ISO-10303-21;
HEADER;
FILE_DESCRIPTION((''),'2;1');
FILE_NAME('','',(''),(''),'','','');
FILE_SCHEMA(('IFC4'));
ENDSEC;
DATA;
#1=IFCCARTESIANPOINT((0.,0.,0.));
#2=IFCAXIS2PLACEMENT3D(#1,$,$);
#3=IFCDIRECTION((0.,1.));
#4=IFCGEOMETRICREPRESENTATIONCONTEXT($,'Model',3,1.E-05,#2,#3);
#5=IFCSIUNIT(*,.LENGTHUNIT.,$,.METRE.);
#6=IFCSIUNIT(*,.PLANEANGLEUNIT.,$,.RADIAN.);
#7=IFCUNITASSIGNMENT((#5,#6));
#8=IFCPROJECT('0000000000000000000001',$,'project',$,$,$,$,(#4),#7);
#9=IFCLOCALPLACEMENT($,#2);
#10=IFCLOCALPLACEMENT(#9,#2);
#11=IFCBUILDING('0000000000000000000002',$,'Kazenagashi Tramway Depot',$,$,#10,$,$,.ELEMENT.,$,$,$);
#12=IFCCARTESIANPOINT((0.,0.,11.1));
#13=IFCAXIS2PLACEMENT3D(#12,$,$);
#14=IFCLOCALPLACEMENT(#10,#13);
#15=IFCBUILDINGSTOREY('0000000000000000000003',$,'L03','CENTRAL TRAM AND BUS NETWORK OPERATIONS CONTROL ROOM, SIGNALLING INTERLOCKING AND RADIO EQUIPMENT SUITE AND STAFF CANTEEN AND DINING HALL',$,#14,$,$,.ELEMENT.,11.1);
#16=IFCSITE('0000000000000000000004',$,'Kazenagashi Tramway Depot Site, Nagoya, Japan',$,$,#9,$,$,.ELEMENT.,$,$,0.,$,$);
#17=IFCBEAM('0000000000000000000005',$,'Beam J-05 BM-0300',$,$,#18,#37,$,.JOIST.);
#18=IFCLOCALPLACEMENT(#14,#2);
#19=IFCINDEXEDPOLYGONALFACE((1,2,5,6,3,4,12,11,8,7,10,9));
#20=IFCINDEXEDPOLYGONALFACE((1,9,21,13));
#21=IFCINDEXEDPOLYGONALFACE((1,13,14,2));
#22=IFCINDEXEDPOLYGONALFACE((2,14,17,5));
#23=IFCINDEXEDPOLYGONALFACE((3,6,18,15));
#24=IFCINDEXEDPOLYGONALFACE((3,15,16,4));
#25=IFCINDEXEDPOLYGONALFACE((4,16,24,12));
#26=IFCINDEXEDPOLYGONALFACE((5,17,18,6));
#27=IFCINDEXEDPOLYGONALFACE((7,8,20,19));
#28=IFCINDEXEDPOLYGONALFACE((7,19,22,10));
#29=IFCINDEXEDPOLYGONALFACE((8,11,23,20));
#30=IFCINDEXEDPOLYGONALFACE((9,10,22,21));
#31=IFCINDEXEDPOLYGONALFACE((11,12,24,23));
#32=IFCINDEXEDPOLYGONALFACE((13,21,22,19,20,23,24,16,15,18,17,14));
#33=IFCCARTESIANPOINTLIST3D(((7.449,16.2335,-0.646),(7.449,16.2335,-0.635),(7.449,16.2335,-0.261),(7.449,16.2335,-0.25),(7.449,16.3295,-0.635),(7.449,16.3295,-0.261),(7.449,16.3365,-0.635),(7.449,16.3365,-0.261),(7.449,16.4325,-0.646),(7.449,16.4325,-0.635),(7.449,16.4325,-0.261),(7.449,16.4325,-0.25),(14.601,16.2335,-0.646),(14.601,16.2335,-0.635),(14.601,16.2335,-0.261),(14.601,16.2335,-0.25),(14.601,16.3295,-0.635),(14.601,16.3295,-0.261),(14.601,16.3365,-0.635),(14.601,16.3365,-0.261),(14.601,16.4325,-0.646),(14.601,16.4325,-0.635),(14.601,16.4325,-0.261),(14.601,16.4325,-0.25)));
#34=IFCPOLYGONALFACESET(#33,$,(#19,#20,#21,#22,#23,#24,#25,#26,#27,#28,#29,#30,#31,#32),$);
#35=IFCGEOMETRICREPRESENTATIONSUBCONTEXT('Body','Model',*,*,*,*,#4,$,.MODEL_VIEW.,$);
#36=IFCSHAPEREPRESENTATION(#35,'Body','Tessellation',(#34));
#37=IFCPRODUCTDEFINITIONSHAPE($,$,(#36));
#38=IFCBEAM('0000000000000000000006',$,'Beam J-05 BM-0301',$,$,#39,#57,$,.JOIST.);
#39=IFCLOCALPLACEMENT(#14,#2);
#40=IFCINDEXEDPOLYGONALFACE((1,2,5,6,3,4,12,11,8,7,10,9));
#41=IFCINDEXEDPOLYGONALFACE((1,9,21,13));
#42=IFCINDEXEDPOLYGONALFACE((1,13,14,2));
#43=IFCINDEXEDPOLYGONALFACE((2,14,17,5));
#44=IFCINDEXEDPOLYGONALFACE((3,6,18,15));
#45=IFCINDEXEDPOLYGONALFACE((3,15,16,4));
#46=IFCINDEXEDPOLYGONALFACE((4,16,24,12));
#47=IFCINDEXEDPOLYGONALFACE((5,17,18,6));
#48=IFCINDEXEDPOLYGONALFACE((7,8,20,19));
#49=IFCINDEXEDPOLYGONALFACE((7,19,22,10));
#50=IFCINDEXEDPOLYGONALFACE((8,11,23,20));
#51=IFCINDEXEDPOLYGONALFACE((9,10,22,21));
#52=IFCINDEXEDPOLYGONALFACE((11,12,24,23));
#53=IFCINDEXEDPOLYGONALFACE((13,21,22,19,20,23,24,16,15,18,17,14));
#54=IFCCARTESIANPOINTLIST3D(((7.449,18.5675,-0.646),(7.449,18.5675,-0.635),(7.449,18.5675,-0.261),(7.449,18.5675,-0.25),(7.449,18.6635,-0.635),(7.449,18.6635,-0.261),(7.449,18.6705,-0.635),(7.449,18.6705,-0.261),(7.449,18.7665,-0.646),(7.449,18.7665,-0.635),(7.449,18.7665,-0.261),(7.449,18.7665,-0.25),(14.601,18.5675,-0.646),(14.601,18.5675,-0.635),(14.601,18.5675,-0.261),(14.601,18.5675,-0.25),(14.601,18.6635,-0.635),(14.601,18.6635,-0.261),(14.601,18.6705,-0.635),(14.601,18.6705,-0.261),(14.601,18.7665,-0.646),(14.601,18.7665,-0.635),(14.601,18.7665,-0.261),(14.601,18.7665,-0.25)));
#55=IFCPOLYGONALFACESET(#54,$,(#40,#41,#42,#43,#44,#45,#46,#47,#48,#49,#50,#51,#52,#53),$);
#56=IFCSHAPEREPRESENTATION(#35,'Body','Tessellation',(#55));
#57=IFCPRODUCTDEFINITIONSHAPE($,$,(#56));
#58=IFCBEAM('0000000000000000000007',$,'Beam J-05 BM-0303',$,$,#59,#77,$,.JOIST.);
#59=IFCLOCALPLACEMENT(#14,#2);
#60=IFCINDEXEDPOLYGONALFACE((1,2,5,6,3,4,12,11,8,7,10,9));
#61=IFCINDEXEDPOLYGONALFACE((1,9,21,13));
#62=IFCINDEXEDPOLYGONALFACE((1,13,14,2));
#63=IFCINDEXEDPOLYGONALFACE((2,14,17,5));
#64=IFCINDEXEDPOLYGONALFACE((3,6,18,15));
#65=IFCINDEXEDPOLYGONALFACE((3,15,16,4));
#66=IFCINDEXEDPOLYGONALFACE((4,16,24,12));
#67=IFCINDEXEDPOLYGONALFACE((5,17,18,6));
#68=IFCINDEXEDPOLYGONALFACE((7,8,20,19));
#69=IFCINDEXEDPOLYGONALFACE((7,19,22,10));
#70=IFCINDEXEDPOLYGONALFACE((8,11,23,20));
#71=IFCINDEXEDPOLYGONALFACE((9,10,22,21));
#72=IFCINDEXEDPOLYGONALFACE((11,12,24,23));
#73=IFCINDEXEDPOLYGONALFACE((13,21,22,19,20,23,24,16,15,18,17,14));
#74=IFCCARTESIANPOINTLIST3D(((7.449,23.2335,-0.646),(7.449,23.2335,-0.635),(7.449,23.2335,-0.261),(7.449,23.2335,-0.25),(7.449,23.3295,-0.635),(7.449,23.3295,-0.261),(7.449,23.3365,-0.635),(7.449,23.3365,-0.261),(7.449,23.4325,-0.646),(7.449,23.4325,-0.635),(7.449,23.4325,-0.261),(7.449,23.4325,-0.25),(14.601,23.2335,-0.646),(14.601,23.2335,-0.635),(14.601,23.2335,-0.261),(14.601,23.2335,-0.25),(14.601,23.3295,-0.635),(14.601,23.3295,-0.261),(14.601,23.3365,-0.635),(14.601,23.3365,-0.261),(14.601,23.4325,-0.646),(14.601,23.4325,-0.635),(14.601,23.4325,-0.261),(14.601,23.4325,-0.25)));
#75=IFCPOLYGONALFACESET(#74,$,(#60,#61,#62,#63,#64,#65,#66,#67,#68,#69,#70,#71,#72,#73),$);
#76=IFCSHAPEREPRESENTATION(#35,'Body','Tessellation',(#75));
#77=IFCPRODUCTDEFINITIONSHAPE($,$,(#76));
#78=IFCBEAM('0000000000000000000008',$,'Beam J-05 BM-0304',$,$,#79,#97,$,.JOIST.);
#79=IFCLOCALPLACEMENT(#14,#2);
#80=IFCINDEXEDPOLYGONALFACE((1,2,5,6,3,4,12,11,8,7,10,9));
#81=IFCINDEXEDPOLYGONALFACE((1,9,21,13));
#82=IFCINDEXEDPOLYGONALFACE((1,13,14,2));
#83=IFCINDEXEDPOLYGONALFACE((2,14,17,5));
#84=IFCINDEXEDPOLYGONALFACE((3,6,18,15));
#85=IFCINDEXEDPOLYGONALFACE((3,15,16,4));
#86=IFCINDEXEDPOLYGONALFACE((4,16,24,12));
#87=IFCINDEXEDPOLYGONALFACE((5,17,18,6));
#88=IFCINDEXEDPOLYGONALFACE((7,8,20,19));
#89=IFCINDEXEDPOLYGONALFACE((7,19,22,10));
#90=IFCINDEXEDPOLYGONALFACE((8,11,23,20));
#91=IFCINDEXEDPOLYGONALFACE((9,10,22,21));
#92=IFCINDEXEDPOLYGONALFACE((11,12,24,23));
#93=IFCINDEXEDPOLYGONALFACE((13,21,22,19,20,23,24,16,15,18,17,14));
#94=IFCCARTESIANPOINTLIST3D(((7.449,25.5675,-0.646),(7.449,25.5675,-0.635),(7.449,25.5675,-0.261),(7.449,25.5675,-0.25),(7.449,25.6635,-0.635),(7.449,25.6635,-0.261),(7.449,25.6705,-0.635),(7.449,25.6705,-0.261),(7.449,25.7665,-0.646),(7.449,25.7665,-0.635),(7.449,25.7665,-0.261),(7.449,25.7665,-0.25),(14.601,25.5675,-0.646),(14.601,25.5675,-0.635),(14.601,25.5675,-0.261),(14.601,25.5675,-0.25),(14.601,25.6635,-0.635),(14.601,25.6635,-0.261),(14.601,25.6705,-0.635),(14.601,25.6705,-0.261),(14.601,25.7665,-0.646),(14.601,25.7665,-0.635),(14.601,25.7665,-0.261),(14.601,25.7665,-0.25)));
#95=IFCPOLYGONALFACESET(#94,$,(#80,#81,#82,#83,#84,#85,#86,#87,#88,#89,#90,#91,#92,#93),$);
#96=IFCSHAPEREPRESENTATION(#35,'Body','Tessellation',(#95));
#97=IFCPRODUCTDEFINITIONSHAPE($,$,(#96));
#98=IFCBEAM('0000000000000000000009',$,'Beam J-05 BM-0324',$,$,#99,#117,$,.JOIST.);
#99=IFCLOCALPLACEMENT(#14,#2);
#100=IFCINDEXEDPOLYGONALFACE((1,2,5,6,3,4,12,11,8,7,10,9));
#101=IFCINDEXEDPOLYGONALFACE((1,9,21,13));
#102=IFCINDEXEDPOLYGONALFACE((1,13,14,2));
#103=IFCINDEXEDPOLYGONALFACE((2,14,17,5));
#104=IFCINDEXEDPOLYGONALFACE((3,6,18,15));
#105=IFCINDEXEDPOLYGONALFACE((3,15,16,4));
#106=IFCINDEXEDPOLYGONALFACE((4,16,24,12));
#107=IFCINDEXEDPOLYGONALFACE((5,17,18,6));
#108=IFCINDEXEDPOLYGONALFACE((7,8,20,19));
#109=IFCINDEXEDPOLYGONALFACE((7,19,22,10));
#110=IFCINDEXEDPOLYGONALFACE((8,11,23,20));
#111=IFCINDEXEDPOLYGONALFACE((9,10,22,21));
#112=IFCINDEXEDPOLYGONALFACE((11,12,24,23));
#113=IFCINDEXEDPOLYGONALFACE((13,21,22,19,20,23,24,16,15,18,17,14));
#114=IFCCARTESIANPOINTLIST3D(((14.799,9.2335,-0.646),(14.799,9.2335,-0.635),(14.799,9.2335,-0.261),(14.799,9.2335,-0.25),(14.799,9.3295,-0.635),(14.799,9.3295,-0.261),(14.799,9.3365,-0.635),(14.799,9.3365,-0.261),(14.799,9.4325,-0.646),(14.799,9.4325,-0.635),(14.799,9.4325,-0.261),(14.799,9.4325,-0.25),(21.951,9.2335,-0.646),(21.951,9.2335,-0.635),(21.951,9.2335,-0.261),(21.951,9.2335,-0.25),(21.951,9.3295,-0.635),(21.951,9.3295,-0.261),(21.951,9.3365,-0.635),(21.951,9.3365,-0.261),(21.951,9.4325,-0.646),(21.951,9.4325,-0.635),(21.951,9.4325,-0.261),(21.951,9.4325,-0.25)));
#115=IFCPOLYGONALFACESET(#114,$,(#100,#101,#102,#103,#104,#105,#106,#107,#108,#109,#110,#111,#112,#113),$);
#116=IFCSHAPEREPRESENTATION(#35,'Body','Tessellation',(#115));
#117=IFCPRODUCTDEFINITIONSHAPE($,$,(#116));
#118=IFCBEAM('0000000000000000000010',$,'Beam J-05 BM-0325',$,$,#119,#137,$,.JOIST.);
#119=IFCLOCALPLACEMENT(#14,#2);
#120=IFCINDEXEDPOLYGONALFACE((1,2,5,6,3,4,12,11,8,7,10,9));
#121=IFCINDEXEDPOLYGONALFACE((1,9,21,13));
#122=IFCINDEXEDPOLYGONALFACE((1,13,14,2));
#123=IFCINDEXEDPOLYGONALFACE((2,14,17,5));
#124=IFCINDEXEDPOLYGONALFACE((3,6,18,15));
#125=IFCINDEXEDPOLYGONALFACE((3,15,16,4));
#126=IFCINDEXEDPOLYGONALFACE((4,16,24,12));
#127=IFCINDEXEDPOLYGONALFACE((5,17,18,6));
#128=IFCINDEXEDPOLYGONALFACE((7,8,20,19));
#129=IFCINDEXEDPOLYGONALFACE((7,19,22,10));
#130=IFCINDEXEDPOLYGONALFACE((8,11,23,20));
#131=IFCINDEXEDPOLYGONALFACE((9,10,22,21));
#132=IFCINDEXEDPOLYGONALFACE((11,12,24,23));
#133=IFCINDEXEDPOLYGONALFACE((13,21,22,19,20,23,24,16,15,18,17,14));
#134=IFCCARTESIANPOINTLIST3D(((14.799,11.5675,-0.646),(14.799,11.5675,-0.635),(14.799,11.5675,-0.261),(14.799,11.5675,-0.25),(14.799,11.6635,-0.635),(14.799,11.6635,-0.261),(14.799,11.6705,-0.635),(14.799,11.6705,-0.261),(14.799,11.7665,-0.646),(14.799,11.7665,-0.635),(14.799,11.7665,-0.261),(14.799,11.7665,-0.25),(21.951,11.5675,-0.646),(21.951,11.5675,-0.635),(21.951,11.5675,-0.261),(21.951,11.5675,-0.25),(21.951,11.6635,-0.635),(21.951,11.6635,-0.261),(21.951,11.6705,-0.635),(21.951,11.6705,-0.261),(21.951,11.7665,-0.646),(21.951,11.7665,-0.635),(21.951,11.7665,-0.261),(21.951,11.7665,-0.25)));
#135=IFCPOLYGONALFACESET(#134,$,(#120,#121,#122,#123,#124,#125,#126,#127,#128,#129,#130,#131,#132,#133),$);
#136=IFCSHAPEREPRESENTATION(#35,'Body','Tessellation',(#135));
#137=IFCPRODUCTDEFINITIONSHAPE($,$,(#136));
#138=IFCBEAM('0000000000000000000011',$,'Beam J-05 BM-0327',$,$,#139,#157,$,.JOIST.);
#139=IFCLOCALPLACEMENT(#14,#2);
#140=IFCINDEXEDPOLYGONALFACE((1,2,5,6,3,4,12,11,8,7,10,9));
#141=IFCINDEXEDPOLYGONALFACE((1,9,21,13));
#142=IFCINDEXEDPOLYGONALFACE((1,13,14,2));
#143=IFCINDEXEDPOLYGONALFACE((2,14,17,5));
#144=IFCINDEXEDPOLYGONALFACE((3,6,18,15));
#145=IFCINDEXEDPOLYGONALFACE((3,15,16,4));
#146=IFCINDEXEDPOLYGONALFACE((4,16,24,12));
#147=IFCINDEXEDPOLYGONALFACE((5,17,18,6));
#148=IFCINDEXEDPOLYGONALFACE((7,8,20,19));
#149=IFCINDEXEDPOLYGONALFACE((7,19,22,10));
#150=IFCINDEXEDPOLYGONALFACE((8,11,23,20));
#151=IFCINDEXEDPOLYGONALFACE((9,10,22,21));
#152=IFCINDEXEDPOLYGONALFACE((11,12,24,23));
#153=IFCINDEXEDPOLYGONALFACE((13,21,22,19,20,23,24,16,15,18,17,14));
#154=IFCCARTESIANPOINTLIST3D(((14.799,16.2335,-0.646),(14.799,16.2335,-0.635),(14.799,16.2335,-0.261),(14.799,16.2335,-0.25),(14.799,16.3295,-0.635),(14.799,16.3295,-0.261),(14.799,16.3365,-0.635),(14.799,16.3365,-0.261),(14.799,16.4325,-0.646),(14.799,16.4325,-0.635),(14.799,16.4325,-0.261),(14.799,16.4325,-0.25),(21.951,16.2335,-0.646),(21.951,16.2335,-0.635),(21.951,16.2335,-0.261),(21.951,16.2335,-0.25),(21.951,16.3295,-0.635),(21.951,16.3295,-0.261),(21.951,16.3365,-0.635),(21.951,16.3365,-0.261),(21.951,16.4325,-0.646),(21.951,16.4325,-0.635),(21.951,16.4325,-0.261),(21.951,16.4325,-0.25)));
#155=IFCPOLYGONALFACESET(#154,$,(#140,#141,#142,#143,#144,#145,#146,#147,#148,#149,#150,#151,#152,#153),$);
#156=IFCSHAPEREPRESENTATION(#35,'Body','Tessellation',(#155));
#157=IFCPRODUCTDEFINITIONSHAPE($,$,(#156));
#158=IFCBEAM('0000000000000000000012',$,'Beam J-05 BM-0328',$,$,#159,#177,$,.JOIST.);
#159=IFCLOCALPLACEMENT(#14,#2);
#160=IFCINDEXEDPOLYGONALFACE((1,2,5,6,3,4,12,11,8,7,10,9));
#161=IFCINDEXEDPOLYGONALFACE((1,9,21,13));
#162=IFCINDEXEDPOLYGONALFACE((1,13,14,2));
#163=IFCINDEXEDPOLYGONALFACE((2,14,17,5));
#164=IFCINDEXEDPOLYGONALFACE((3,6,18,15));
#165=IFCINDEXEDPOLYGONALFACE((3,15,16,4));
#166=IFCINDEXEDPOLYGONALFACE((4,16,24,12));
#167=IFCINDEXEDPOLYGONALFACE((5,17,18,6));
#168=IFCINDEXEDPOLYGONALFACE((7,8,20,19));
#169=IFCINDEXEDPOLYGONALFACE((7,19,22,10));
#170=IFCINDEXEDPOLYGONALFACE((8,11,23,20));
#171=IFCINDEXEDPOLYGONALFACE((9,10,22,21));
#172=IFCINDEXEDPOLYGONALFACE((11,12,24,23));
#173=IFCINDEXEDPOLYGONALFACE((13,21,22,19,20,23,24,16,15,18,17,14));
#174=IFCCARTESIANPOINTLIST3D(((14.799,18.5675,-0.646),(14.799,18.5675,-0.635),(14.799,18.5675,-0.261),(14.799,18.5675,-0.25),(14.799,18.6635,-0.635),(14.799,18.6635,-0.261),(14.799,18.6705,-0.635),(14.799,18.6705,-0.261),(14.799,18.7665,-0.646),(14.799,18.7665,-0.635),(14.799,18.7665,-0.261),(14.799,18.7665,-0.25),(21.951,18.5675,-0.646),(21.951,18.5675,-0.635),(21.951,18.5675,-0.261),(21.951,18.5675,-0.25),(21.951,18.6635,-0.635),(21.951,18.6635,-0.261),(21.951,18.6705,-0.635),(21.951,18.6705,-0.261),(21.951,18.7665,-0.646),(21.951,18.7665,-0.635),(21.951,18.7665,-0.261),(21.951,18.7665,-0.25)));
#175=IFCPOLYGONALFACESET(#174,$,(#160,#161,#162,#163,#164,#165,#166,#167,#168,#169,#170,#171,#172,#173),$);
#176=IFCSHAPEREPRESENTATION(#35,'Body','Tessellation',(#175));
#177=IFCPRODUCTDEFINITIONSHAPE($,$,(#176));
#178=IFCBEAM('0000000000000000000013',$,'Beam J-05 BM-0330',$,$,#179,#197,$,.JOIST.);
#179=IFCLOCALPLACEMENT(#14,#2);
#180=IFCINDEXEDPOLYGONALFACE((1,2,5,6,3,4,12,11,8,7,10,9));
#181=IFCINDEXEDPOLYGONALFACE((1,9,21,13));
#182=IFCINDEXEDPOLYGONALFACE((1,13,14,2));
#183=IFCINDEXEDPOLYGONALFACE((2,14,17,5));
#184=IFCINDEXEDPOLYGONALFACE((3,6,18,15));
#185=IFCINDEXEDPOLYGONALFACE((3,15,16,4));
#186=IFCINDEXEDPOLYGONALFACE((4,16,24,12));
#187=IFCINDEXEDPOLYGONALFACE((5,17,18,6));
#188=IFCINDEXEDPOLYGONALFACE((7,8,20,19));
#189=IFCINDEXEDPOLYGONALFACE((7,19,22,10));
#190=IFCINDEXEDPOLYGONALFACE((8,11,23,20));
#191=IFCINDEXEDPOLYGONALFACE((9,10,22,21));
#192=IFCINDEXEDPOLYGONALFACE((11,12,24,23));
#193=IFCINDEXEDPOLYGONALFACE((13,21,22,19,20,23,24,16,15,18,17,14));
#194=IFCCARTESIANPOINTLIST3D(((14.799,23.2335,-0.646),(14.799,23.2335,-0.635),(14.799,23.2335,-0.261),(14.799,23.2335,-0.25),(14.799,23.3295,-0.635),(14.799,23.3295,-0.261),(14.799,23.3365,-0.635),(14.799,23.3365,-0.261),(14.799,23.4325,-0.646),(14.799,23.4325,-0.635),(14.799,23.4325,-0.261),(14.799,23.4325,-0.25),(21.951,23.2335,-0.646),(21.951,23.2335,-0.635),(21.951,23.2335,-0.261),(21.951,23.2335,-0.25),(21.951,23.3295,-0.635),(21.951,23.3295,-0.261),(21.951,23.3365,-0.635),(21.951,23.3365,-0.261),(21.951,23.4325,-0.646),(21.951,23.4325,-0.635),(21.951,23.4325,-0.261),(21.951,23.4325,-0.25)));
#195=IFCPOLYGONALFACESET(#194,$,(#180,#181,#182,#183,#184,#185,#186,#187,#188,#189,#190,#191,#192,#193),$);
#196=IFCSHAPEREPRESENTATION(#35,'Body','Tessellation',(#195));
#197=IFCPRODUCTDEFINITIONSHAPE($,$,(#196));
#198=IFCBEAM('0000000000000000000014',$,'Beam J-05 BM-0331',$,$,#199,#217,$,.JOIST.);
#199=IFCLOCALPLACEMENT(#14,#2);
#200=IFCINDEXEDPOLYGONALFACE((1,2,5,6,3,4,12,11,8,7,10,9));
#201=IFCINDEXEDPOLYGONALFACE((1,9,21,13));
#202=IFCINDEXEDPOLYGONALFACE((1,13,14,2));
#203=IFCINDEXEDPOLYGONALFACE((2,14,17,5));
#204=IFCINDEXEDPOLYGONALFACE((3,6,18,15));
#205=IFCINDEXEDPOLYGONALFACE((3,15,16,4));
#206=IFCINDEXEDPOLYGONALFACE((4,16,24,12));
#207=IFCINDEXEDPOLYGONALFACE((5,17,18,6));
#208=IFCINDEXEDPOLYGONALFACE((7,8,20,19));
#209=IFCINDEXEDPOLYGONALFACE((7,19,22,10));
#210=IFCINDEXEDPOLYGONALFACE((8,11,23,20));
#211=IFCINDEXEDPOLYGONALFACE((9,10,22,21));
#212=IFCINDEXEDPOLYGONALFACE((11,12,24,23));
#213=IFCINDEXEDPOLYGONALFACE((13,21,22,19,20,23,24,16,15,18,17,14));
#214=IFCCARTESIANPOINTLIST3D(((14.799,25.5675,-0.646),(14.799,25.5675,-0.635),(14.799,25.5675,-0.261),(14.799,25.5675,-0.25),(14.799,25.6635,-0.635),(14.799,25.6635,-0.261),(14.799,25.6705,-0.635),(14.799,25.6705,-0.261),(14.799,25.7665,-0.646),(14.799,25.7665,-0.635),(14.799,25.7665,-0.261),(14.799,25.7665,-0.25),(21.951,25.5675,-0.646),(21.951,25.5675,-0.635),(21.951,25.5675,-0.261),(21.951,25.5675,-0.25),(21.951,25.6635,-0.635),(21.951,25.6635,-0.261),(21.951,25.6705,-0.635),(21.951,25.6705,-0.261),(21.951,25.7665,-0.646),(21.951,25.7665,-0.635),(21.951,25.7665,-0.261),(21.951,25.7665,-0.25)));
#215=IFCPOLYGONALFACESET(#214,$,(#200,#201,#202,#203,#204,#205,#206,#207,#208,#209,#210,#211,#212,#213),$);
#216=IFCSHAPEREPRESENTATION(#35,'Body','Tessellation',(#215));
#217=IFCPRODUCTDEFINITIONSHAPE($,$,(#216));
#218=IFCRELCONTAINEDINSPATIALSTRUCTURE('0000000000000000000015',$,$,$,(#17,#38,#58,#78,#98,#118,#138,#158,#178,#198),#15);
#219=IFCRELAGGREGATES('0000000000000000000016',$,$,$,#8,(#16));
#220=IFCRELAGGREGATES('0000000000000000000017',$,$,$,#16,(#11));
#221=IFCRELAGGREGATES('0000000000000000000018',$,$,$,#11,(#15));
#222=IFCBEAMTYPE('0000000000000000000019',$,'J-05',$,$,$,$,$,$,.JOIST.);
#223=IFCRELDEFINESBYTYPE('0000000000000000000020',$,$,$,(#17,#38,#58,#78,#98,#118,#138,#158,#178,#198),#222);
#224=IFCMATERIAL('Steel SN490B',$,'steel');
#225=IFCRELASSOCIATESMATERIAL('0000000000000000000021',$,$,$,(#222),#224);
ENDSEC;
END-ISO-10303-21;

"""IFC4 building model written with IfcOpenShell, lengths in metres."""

from ifc_helpers import new_model, si_unit, direction, frame, origin, origin_2d, place, context, subcontext, project, spatial, i_section, extrude, material, material_profile, profile_set, type_object, element, save


model = new_model("IFC4")

# Units and contexts
model_context = context("Model", 3, precision=1e-05, world=origin(), true_north=direction((0.0, 1.0)))
body_context = subcontext(model_context, "Body", "Model", "MODEL_VIEW")
ifc_project = project(units=[si_unit("LENGTHUNIT", "METRE"), si_unit("PLANEANGLEUNIT", "RADIAN")], contexts=[model_context])

# Site, building, storey
site_placement = place(None, origin())
site = spatial("IfcSite", under=ifc_project, at=site_placement, Name="Kazenagashi Tramway Depot Site, Nagoya, Japan", CompositionType="ELEMENT", RefElevation=0.0)
building_placement = place(site_placement, origin())
building = spatial("IfcBuilding", under=site, at=building_placement, Name="Kazenagashi Tramway Depot", CompositionType="ELEMENT")
storey_placement = place(building_placement, frame((0.0, 0.0, 11.1)))
storey = spatial("IfcBuildingStorey", under=building, at=storey_placement, Name="L03", Description="CENTRAL TRAM AND BUS NETWORK OPERATIONS CONTROL ROOM, SIGNALLING INTERLOCKING AND RADIO EQUIPMENT SUITE AND STAFF CANTEEN AND DINING HALL", CompositionType="ELEMENT", Elevation=11.1)

# Shared definitions
ifc_material_1 = material(Name="Steel SN490B", Category="steel")

# Beams
ifc_material_profile_1 = material_profile(ifc_material_1, i_section(OverallWidth=0.199, OverallDepth=0.396, WebThickness=0.007, FlangeThickness=0.011, at=origin_2d()), Name="H-396x199x7x11")
ifc_profile_set_1 = profile_set([ifc_material_profile_1], Name="Steel SN490B")
beam_type_1 = type_object("IfcBeamType", Name="J-05", PredefinedType="JOIST", material=ifc_profile_set_1)
for number, where, z_axis, x_axis, name in (
    (1, (7.449, 16.333, -0.448), (1.0, 0.0, 0.0), (0.0, 1.0, 0.0), "Beam J-05 BM-0300"),
    (2, (7.449, 18.667, -0.448), (1.0, 0.0, 0.0), (0.0, 1.0, 0.0), "Beam J-05 BM-0301"),
    (3, (7.449, 23.333, -0.448), (1.0, 0.0, 0.0), (0.0, 1.0, 0.0), "Beam J-05 BM-0303"),
    (4, (7.449, 25.667, -0.448), (1.0, 0.0, 0.0), (0.0, 1.0, 0.0), "Beam J-05 BM-0304"),
    (5, (14.799, 9.333, -0.448), (1.0, 0.0, 0.0), (0.0, 1.0, 0.0), "Beam J-05 BM-0324"),
    (6, (14.799, 11.667, -0.448), (1.0, 0.0, 0.0), (0.0, 1.0, 0.0), "Beam J-05 BM-0325"),
    (7, (14.799, 16.333, -0.448), (1.0, 0.0, 0.0), (0.0, 1.0, 0.0), "Beam J-05 BM-0327"),
    (8, (14.799, 18.667, -0.448), (1.0, 0.0, 0.0), (0.0, 1.0, 0.0), "Beam J-05 BM-0328"),
    (9, (14.799, 23.333, -0.448), (1.0, 0.0, 0.0), (0.0, 1.0, 0.0), "Beam J-05 BM-0330"),
    (10, (14.799, 25.667, -0.448), (1.0, 0.0, 0.0), (0.0, 1.0, 0.0), "Beam J-05 BM-0331"),
):
    element("IfcBeam", number, at=place(storey_placement, frame(where, z_axis=z_axis, x_axis=x_axis)), inside=storey, type_object=beam_type_1, Name=name, PredefinedType="JOIST", context=body_context, shape_type="SweptSolid", body=[
        extrude(i_section(OverallWidth=0.199, OverallDepth=0.396, WebThickness=0.007, FlangeThickness=0.011, at=origin_2d()), origin(), (0.0, 0.0, 1.0), 7.152),
    ])

save(model, "model.ifc")
